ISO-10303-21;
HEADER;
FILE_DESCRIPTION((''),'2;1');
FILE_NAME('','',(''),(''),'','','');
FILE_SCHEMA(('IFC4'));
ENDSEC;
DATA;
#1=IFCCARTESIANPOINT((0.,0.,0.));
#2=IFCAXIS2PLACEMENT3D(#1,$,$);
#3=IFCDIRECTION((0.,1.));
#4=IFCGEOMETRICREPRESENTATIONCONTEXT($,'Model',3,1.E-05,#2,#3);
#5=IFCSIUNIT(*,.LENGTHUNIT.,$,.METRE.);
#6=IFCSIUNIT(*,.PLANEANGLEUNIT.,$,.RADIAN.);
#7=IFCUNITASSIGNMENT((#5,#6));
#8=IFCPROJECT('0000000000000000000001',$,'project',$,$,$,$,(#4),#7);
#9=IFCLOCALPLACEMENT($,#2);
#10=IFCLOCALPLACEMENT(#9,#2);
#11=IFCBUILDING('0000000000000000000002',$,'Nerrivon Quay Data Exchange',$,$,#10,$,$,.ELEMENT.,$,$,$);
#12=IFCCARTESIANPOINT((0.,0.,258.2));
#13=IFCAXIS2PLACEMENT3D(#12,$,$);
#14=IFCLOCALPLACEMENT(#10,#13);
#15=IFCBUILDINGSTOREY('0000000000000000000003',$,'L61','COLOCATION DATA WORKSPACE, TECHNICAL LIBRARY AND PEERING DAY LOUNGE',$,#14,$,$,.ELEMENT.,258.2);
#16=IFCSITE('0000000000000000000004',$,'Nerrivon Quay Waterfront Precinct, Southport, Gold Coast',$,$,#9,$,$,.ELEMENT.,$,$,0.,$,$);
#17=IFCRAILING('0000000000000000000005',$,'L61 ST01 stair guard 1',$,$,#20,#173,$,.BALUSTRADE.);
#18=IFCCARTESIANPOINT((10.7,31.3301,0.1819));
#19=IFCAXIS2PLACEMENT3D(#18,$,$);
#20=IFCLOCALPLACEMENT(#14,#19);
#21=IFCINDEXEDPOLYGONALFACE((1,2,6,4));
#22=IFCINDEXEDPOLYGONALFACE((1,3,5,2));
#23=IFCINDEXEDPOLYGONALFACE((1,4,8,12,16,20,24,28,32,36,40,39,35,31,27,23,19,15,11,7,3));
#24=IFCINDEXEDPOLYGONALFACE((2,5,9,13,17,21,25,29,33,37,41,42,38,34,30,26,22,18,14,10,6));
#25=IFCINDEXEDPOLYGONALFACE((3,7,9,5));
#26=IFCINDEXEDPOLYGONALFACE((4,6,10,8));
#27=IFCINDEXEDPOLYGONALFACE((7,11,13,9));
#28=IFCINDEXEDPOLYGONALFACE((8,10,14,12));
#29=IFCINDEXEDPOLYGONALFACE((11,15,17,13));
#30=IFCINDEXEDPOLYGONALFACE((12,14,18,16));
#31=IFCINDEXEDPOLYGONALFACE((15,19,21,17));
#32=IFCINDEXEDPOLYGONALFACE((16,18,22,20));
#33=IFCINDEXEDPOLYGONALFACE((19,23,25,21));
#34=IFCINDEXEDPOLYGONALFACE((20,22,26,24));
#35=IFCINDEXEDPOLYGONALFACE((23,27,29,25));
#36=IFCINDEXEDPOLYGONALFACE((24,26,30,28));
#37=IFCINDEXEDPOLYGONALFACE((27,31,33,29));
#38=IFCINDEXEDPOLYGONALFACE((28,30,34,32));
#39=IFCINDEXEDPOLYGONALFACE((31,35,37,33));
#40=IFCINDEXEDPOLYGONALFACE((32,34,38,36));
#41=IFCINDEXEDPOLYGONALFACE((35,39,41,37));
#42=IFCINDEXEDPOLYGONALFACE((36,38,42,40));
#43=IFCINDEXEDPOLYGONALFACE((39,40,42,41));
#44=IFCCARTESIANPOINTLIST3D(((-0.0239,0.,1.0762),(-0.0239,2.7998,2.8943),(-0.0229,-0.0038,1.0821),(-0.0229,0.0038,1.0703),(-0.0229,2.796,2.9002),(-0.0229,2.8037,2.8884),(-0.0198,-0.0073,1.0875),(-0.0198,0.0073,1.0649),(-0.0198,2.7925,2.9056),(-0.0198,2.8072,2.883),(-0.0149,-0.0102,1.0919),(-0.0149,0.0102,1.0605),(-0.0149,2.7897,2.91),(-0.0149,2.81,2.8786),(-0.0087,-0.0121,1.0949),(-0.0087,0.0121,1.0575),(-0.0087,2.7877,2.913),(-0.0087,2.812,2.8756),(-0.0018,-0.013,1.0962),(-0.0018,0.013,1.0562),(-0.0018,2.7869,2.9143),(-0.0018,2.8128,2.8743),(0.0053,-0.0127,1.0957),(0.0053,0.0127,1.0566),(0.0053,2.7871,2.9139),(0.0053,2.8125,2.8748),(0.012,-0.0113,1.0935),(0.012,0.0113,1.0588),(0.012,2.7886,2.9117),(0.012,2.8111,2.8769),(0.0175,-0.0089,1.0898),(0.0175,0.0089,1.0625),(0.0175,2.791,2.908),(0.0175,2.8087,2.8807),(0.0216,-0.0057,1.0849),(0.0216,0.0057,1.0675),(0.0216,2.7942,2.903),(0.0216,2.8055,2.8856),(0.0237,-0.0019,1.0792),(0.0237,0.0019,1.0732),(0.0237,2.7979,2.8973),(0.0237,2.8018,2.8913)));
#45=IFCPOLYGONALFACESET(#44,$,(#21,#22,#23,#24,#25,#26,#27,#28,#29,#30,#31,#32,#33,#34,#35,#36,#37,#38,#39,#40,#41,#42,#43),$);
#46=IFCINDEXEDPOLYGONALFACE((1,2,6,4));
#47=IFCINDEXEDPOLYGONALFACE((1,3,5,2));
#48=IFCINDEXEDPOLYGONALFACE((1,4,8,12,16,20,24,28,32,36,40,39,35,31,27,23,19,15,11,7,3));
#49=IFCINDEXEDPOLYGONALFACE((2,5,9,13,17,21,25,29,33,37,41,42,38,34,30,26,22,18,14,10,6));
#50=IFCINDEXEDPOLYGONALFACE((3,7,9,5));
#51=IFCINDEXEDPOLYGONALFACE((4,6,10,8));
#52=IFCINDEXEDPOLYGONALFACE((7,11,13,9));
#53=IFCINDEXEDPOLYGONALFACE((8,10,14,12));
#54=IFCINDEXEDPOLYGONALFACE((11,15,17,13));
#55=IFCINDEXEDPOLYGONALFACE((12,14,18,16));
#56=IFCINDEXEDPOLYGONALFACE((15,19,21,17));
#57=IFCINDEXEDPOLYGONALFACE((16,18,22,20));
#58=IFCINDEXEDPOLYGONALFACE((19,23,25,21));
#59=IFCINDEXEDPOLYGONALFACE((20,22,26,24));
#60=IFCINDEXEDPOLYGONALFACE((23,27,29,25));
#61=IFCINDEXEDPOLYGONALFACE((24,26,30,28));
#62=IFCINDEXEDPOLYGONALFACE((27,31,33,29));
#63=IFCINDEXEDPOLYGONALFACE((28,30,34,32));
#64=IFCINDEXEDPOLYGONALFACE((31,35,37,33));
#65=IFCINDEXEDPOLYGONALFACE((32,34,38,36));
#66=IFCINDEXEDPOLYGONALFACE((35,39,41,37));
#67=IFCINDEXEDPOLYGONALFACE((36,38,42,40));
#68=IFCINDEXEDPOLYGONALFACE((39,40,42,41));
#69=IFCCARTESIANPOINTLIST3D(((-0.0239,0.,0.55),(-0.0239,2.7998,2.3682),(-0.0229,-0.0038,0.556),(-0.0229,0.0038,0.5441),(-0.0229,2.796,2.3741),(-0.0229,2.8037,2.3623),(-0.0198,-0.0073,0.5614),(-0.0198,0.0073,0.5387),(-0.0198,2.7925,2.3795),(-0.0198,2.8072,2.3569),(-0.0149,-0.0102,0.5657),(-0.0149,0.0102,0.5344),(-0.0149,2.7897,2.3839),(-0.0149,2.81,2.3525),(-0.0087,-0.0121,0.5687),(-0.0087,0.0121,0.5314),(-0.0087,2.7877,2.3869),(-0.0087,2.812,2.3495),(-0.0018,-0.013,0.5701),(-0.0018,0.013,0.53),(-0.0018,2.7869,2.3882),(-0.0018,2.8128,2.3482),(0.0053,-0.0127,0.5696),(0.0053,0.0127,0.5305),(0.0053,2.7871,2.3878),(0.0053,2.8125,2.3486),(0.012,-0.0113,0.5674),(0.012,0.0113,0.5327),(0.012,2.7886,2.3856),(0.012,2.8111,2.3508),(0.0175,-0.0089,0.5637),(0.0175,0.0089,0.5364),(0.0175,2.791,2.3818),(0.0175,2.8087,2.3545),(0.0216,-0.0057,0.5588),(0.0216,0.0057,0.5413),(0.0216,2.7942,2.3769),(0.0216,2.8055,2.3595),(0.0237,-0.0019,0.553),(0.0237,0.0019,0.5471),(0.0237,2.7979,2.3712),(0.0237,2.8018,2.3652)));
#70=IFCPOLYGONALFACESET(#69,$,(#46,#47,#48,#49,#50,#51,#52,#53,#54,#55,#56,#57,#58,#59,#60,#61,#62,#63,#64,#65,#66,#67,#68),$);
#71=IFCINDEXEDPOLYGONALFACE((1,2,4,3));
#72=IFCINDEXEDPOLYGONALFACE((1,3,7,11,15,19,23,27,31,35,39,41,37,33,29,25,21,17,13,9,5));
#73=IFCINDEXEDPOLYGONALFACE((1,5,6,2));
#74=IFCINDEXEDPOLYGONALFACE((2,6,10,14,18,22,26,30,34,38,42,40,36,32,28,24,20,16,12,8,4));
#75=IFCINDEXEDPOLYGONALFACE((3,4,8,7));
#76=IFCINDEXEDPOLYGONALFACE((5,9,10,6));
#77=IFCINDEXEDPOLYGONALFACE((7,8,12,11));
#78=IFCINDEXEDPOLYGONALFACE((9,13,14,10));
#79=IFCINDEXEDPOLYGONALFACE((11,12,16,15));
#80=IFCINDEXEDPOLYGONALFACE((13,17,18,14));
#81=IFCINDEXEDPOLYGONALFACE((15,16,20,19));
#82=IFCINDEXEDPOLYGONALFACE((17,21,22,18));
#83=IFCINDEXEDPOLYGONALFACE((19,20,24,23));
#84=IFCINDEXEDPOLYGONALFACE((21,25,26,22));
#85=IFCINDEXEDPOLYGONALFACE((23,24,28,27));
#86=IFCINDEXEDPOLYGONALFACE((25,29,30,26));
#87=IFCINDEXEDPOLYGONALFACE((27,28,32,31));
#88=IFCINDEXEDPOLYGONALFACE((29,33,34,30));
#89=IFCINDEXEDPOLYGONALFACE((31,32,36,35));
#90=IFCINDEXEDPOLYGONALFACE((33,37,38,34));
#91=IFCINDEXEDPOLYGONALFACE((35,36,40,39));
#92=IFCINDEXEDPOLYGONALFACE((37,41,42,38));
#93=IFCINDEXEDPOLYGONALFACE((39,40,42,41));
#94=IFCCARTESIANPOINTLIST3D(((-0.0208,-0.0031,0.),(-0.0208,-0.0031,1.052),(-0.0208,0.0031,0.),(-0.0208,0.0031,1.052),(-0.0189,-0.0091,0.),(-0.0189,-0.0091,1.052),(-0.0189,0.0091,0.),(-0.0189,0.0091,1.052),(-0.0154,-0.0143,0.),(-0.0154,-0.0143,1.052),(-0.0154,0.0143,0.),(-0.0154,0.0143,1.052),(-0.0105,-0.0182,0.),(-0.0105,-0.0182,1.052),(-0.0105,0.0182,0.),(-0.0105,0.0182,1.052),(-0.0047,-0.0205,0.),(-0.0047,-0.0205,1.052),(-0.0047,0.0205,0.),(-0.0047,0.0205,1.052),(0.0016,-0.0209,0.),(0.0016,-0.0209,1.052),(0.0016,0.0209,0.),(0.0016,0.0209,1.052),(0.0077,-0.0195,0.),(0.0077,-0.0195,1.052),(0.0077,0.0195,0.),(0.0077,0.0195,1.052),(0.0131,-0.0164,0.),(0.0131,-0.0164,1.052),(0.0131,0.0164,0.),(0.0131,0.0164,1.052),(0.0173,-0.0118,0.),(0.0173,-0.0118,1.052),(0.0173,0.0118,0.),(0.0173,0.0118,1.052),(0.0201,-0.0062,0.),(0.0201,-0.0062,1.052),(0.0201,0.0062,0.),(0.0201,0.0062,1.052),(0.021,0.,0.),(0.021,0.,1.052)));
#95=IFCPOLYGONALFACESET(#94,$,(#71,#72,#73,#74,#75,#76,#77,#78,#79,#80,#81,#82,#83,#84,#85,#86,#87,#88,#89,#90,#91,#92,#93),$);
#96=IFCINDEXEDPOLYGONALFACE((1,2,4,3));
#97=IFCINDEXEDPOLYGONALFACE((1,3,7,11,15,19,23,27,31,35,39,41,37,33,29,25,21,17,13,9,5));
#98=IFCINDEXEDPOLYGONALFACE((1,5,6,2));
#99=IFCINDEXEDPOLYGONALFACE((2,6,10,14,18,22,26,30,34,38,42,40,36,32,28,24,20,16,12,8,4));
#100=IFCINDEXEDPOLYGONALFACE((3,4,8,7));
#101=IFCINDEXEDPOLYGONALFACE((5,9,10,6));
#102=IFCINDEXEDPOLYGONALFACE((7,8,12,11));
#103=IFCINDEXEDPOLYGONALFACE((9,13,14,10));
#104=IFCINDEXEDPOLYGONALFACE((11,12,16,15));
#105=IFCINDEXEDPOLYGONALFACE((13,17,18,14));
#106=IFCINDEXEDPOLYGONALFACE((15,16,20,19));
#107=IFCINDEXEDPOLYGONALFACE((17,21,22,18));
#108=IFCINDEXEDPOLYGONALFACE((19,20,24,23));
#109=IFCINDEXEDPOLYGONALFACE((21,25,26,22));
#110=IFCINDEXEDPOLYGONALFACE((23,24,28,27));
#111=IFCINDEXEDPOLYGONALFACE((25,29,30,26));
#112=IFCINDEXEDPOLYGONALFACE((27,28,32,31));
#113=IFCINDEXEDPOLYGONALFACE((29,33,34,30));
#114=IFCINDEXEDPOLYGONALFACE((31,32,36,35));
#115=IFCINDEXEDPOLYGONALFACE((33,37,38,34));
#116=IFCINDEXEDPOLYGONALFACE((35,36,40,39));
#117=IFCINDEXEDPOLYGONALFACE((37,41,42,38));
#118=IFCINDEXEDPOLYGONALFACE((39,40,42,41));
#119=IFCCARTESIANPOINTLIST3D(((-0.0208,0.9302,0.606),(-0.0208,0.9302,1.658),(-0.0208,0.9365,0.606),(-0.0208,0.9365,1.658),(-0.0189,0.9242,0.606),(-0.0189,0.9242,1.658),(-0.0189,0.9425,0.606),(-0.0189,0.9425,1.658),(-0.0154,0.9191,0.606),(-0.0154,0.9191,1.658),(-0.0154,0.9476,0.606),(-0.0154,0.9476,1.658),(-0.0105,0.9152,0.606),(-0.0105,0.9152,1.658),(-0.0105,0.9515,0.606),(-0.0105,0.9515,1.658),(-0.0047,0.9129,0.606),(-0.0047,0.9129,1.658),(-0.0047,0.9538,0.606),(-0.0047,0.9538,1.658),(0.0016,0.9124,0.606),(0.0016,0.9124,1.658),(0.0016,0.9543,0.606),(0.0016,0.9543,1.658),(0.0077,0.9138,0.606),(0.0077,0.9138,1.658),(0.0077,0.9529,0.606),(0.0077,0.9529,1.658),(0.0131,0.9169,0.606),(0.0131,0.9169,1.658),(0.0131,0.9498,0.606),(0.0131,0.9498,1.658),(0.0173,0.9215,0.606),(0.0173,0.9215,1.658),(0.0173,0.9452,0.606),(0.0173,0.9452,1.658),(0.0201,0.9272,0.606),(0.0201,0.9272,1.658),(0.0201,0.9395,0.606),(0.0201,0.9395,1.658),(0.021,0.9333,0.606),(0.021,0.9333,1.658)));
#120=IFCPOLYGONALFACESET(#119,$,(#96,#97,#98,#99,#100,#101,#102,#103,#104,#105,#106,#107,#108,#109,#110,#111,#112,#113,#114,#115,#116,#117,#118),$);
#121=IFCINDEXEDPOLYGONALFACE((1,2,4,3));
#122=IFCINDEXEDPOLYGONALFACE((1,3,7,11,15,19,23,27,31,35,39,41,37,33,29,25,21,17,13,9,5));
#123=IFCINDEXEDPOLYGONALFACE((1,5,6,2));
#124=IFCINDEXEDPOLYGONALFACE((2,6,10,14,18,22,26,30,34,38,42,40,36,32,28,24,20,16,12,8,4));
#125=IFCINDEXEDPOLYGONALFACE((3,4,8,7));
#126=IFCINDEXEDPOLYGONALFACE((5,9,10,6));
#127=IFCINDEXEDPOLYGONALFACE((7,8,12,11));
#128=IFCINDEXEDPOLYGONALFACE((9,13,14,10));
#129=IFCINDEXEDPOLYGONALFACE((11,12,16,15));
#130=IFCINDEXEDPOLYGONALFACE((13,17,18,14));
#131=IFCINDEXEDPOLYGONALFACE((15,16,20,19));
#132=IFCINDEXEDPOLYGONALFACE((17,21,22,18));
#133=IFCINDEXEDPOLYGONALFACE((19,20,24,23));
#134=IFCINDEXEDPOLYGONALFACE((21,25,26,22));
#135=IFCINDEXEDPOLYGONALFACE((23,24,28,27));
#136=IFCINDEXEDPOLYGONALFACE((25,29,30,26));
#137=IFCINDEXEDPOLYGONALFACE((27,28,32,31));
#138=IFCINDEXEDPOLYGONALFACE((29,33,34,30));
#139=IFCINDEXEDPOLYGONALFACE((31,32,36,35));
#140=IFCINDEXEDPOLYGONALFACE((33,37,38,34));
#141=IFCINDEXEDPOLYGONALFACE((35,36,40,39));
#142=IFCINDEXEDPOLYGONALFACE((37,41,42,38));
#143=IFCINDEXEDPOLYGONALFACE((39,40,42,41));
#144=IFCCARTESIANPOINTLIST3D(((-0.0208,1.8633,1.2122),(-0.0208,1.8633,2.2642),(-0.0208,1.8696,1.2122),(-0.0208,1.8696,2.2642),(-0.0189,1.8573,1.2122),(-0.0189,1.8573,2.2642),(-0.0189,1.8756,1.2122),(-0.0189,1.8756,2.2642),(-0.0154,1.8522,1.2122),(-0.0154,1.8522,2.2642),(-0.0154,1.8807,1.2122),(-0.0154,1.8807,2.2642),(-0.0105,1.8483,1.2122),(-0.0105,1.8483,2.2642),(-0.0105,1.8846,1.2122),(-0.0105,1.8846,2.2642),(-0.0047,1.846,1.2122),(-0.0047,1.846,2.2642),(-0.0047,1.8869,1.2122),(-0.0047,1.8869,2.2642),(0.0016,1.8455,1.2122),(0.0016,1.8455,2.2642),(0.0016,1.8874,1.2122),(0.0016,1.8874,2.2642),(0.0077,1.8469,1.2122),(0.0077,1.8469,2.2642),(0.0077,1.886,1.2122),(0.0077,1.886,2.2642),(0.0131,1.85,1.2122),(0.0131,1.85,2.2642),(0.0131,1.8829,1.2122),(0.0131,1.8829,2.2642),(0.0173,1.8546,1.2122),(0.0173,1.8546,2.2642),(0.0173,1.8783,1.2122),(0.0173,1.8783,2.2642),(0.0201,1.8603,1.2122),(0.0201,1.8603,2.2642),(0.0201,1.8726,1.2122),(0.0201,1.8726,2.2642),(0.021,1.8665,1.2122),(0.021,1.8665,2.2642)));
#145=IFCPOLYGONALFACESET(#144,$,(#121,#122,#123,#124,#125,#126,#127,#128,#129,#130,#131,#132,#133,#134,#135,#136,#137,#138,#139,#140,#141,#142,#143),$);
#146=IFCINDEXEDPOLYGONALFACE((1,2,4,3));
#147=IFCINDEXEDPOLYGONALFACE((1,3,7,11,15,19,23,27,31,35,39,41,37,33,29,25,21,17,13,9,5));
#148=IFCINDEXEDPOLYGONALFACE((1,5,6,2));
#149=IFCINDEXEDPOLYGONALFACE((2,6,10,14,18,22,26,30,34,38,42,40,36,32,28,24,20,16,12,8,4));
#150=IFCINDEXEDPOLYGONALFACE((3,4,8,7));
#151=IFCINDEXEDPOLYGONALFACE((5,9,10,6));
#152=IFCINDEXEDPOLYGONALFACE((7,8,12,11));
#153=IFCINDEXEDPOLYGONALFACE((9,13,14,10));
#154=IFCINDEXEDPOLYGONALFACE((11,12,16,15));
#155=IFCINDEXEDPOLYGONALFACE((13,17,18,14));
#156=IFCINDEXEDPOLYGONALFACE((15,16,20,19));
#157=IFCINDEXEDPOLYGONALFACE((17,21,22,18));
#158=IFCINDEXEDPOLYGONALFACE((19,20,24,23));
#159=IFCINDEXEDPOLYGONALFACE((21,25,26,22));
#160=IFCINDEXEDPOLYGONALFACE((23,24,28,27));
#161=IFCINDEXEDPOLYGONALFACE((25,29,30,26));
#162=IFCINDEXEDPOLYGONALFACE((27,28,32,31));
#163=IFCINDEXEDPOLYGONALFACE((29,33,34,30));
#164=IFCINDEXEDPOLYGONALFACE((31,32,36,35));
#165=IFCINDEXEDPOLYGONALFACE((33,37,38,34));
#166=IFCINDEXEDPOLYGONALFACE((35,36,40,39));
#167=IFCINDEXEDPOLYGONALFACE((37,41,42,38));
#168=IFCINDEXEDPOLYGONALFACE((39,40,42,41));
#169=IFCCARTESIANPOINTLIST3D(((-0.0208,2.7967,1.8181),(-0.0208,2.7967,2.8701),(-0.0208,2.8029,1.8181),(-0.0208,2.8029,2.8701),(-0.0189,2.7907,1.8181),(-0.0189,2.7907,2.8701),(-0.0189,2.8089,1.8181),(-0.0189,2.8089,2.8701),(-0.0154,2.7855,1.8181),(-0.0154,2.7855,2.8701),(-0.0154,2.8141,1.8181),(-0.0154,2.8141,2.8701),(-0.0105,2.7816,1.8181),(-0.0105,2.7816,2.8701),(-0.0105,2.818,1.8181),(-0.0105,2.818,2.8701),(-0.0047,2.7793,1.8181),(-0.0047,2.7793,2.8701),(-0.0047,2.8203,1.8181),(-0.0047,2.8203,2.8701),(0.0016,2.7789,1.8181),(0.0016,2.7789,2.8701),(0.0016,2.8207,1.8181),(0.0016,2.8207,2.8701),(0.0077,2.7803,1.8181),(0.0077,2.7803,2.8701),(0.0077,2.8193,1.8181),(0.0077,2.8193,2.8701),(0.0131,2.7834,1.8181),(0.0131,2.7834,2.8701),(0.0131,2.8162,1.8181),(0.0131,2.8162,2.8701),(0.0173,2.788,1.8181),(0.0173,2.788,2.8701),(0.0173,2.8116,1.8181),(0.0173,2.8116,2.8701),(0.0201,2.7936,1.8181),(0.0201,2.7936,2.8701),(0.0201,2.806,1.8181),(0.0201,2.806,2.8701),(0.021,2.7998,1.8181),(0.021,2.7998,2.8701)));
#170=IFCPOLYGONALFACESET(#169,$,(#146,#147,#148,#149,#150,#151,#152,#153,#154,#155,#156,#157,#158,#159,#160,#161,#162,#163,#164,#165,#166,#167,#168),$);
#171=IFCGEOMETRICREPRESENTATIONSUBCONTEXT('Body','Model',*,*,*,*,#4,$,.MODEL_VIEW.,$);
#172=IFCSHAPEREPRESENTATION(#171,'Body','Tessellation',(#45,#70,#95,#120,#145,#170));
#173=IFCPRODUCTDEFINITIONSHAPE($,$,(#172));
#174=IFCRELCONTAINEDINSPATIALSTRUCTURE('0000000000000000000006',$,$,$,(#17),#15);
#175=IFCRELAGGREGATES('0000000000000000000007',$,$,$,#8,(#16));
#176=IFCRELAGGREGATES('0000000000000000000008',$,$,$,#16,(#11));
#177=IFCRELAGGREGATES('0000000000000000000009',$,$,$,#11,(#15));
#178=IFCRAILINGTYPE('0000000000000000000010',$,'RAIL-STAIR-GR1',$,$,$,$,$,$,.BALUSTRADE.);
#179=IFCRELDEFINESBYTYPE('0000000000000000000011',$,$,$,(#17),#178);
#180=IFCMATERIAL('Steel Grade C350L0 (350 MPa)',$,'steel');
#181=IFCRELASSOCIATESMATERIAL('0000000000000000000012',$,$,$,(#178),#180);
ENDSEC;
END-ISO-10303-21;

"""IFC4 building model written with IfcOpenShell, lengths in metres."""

from ifc_helpers import new_model, si_unit, direction, frame, origin, origin_2d, place, context, subcontext, project, spatial, circle, extrude, material, type_object, element, save


model = new_model("IFC4")

# Units and contexts
model_context = context("Model", 3, precision=1e-05, world=origin(), true_north=direction((0.0, 1.0)))
body_context = subcontext(model_context, "Body", "Model", "MODEL_VIEW")
ifc_project = project(units=[si_unit("LENGTHUNIT", "METRE"), si_unit("PLANEANGLEUNIT", "RADIAN")], contexts=[model_context])

# Site, building, storey
site_placement = place(None, origin())
site = spatial("IfcSite", under=ifc_project, at=site_placement, Name="Nerrivon Quay Waterfront Precinct, Southport, Gold Coast", CompositionType="ELEMENT", RefElevation=0.0)
building_placement = place(site_placement, origin())
building = spatial("IfcBuilding", under=site, at=building_placement, Name="Nerrivon Quay Data Exchange", CompositionType="ELEMENT")
storey_placement = place(building_placement, frame((0.0, 0.0, 258.2)))
storey = spatial("IfcBuildingStorey", under=building, at=storey_placement, Name="L61", Description="COLOCATION DATA WORKSPACE, TECHNICAL LIBRARY AND PEERING DAY LOUNGE", CompositionType="ELEMENT", Elevation=258.2)

# Railing
ifc_material_1 = material(Name="Steel Grade C350L0 (350 MPa)", Category="steel")
railing_type_1 = type_object("IfcRailingType", Name="RAIL-STAIR-GR1", PredefinedType="BALUSTRADE", material=ifc_material_1)
railing_1_placement = place(storey_placement, frame((10.7, 31.3301, 0.1819)))
element("IfcRailing", 1, at=railing_1_placement, inside=storey, type_object=railing_type_1, Name="L61 ST01 stair guard 1", PredefinedType="BALUSTRADE", context=body_context, shape_type="SweptSolid", body=[
    extrude(circle(Radius=0.0239, at=origin_2d()), frame((0.0, 0.0, 1.0762), z_axis=(0.0, 0.838684, 0.544618), x_axis=(-1.0, 0.0, 0.0)), (0.0, 0.0, 1.0), 3.3384),
    extrude(circle(Radius=0.0239, at=origin_2d()), frame((0.0, 0.0, 0.55), z_axis=(0.0, 0.838684, 0.544618), x_axis=(-1.0, 0.0, 0.0)), (0.0, 0.0, 1.0), 3.3384),
    extrude(circle(Radius=0.021, at=origin_2d()), origin(), (0.0, 0.0, 1.0), 1.052),
    extrude(circle(Radius=0.021, at=origin_2d()), frame((0.0, 0.9333, 0.606)), (0.0, 0.0, 1.0), 1.052),
    extrude(circle(Radius=0.021, at=origin_2d()), frame((0.0, 1.8665, 1.2122)), (0.0, 0.0, 1.0), 1.052),
    extrude(circle(Radius=0.021, at=origin_2d()), frame((0.0, 2.7998, 1.8181)), (0.0, 0.0, 1.0), 1.052),
])

save(model, "model.ifc")
